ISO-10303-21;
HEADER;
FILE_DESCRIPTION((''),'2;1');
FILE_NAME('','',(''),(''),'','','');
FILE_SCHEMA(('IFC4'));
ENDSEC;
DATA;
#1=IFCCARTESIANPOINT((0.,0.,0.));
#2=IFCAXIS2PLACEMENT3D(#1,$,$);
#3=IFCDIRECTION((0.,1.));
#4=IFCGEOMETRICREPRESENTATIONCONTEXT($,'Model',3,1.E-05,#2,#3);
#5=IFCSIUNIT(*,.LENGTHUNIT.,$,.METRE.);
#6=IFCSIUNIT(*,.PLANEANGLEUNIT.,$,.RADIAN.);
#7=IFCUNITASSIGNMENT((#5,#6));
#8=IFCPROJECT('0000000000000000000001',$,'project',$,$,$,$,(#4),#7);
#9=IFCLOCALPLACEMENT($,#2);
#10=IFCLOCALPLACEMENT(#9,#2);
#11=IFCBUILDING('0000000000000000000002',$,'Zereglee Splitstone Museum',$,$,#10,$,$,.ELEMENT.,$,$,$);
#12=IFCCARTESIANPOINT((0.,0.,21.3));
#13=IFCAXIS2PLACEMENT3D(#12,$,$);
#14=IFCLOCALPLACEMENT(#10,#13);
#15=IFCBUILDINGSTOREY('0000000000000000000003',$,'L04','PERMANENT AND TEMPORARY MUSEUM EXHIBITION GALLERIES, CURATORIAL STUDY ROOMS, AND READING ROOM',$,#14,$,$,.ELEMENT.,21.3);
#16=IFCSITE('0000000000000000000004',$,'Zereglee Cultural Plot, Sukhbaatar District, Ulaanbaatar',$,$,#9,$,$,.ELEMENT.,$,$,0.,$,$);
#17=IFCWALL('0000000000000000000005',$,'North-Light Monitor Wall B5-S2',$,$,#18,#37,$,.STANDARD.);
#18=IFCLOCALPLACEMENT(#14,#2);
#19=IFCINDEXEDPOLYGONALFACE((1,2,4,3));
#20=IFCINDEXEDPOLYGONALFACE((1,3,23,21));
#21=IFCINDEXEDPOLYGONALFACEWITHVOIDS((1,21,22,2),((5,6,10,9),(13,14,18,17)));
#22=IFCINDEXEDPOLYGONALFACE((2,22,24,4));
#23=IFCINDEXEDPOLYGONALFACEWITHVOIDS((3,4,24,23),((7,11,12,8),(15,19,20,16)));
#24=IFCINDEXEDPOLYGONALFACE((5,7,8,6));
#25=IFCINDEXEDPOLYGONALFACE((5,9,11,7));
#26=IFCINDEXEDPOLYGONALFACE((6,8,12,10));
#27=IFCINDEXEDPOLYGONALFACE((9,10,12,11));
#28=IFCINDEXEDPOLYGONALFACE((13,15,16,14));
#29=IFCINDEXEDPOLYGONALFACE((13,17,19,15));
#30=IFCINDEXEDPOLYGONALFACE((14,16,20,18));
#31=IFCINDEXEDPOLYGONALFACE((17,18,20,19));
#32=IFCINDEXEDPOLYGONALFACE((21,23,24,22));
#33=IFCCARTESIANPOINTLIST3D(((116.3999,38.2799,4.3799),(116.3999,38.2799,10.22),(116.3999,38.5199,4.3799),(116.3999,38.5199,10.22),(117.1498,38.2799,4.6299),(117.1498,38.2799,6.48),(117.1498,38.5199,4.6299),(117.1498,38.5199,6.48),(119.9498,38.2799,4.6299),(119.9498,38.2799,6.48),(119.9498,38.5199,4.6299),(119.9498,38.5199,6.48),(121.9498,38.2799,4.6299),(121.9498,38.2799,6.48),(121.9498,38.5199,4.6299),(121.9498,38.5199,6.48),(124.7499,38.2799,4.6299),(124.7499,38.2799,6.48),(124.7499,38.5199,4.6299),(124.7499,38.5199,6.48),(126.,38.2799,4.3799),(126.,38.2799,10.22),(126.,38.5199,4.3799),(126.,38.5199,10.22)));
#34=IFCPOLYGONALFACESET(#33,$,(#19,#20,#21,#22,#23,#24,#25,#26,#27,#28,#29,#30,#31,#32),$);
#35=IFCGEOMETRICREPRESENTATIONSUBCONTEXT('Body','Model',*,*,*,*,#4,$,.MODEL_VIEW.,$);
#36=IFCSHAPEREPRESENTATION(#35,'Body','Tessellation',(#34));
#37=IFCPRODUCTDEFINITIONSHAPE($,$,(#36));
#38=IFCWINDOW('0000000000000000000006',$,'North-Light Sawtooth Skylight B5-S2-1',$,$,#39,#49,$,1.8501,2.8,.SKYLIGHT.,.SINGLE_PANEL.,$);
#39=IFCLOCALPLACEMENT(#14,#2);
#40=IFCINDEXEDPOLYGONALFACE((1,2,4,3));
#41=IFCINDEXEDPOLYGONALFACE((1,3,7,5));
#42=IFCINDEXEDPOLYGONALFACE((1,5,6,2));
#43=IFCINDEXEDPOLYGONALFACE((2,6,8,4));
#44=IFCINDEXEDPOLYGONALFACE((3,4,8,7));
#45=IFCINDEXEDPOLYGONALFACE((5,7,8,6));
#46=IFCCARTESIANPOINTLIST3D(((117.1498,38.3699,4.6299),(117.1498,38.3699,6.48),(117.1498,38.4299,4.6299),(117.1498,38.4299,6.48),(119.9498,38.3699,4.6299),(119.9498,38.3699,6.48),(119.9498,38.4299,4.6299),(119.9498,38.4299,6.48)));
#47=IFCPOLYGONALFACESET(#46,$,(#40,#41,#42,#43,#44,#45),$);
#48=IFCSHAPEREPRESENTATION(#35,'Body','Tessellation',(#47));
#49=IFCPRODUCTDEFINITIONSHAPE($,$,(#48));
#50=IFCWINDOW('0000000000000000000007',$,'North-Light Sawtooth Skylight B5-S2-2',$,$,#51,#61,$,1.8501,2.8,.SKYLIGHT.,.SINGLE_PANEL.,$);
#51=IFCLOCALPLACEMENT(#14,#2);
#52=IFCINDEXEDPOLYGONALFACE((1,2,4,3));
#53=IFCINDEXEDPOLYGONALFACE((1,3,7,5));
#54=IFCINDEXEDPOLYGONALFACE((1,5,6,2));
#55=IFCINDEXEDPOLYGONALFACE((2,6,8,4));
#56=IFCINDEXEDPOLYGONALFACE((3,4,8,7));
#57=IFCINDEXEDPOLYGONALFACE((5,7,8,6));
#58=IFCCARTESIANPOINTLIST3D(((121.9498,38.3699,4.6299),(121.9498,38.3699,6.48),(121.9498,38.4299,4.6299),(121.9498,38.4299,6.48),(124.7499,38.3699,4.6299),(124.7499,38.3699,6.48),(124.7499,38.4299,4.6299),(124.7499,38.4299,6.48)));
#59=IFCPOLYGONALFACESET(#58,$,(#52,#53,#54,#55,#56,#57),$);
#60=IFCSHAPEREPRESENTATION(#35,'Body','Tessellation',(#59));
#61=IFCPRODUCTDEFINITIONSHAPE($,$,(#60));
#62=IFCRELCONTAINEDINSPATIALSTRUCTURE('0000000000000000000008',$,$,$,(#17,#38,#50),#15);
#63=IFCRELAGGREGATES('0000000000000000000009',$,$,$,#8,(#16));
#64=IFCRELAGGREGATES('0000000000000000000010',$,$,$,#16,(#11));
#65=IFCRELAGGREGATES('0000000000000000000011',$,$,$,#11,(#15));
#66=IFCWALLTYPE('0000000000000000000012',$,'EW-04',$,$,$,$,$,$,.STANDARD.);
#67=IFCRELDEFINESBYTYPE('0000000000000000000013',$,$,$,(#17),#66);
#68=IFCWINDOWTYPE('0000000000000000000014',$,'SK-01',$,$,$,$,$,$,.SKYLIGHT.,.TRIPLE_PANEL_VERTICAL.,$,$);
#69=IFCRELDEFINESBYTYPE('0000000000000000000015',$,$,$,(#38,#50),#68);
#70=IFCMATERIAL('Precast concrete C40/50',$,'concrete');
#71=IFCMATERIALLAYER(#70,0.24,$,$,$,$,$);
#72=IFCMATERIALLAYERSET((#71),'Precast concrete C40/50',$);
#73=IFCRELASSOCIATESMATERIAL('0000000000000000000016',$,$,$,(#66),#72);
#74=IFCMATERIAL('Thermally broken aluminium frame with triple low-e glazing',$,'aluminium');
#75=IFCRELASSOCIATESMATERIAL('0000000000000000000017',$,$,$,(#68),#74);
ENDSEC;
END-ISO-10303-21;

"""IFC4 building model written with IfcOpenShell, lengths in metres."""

from ifc_helpers import new_model, si_unit, direction, frame, frame_2d, origin, place, context, subcontext, project, spatial, rectangle, extrude, material, layer, layer_set, type_object, element, fill, save


model = new_model("IFC4")

# Units and contexts
model_context = context("Model", 3, precision=1e-05, world=origin(), true_north=direction((0.0, 1.0)))
body_context = subcontext(model_context, "Body", "Model", "MODEL_VIEW")
ifc_project = project(units=[si_unit("LENGTHUNIT", "METRE"), si_unit("PLANEANGLEUNIT", "RADIAN")], contexts=[model_context])

# Site, building, storey
site_placement = place(None, origin())
site = spatial("IfcSite", under=ifc_project, at=site_placement, Name="Zereglee Cultural Plot, Sukhbaatar District, Ulaanbaatar", CompositionType="ELEMENT", RefElevation=0.0)
building_placement = place(site_placement, origin())
building = spatial("IfcBuilding", under=site, at=building_placement, Name="Zereglee Splitstone Museum", CompositionType="ELEMENT")
storey_placement = place(building_placement, frame((0.0, 0.0, 21.3)))
storey = spatial("IfcBuildingStorey", under=building, at=storey_placement, Name="L04", Description="PERMANENT AND TEMPORARY MUSEUM EXHIBITION GALLERIES, CURATORIAL STUDY ROOMS, AND READING ROOM", CompositionType="ELEMENT", Elevation=21.3)

# Wall, openings, windows
ifc_material_1 = material(Name="Precast concrete C40/50", Category="concrete")
ifc_layer_1 = layer(ifc_material_1, 0.24)
ifc_layer_set_1 = layer_set([ifc_layer_1], Name="Precast concrete C40/50")
wall_type_1 = type_object("IfcWallType", Name="EW-04", PredefinedType="STANDARD", material=ifc_layer_set_1)
wall_1_placement = place(storey_placement, frame((116.3999, 38.3999, 4.3799), z_axis=(0.0, 0.0, 1.0), x_axis=(1.0, 0.0, 0.0)))
wall_1 = element("IfcWall", 1, at=wall_1_placement, inside=storey, type_object=wall_type_1, Name="North-Light Monitor Wall B5-S2", PredefinedType="STANDARD", context=body_context, shape_type="SweptSolid", body=[
    extrude(rectangle(XDim=9.6001, YDim=0.24, at=frame_2d((4.8, 0.0))), origin(), (0.0, 0.0, 1.0), 5.8401),
])
opening_1_placement = place(wall_1_placement, frame((0.75, 0.0, 0.25)))
opening_1 = element("IfcOpeningElement", 2, at=opening_1_placement, cuts=wall_1, PredefinedType="OPENING", context=body_context, shape_type="SweptSolid", body=[
    extrude(rectangle(XDim=2.8, YDim=1.8501, at=frame_2d((1.3999, 0.925))), frame((0.0, 0.1348, 0.0), z_axis=(0.0, -1.0, 0.0), x_axis=(1.0, 0.0, 0.0)), (0.0, 0.0, 1.0), 0.2698),
])
opening_2_placement = place(wall_1_placement, frame((5.55, 0.0, 0.25)))
opening_2 = element("IfcOpeningElement", 3, at=opening_2_placement, cuts=wall_1, PredefinedType="OPENING", context=body_context, shape_type="SweptSolid", body=[
    extrude(rectangle(XDim=2.8, YDim=1.8501, at=frame_2d((1.3999, 0.925))), frame((0.0, 0.1348, 0.0), z_axis=(0.0, -1.0, 0.0), x_axis=(1.0, 0.0, 0.0)), (0.0, 0.0, 1.0), 0.2698),
])
ifc_material_2 = material(Name="Thermally broken aluminium frame with triple low-e glazing", Category="aluminium")
window_type = type_object("IfcWindowType", Name="SK-01", PartitioningType="TRIPLE_PANEL_VERTICAL", PredefinedType="SKYLIGHT", material=ifc_material_2)
window_1_placement = place(opening_1_placement, origin())
window_1 = element("IfcWindow", 4, at=window_1_placement, inside=storey, type_object=window_type, Name="North-Light Sawtooth Skylight B5-S2-1", OverallHeight=1.8501, OverallWidth=2.8, PartitioningType="SINGLE_PANEL", PredefinedType="SKYLIGHT", context=body_context, shape_type="SweptSolid", body=[
    extrude(rectangle(XDim=2.8, YDim=1.8501, at=frame_2d((1.3999, 0.925))), frame((0.0, 0.03, 0.0), z_axis=(0.0, -1.0, 0.0), x_axis=(1.0, 0.0, 0.0)), (0.0, 0.0, 1.0), 0.0601),
])
fill(opening_1, window_1)
window_2_placement = place(opening_2_placement, origin())
window_2 = element("IfcWindow", 5, at=window_2_placement, inside=storey, type_object=window_type, Name="North-Light Sawtooth Skylight B5-S2-2", OverallHeight=1.8501, OverallWidth=2.8, PartitioningType="SINGLE_PANEL", PredefinedType="SKYLIGHT", context=body_context, shape_type="SweptSolid", body=[
    extrude(rectangle(XDim=2.8, YDim=1.8501, at=frame_2d((1.3999, 0.925))), frame((0.0, 0.03, 0.0), z_axis=(0.0, -1.0, 0.0), x_axis=(1.0, 0.0, 0.0)), (0.0, 0.0, 1.0), 0.0601),
])
fill(opening_2, window_2)

save(model, "model.ifc")
